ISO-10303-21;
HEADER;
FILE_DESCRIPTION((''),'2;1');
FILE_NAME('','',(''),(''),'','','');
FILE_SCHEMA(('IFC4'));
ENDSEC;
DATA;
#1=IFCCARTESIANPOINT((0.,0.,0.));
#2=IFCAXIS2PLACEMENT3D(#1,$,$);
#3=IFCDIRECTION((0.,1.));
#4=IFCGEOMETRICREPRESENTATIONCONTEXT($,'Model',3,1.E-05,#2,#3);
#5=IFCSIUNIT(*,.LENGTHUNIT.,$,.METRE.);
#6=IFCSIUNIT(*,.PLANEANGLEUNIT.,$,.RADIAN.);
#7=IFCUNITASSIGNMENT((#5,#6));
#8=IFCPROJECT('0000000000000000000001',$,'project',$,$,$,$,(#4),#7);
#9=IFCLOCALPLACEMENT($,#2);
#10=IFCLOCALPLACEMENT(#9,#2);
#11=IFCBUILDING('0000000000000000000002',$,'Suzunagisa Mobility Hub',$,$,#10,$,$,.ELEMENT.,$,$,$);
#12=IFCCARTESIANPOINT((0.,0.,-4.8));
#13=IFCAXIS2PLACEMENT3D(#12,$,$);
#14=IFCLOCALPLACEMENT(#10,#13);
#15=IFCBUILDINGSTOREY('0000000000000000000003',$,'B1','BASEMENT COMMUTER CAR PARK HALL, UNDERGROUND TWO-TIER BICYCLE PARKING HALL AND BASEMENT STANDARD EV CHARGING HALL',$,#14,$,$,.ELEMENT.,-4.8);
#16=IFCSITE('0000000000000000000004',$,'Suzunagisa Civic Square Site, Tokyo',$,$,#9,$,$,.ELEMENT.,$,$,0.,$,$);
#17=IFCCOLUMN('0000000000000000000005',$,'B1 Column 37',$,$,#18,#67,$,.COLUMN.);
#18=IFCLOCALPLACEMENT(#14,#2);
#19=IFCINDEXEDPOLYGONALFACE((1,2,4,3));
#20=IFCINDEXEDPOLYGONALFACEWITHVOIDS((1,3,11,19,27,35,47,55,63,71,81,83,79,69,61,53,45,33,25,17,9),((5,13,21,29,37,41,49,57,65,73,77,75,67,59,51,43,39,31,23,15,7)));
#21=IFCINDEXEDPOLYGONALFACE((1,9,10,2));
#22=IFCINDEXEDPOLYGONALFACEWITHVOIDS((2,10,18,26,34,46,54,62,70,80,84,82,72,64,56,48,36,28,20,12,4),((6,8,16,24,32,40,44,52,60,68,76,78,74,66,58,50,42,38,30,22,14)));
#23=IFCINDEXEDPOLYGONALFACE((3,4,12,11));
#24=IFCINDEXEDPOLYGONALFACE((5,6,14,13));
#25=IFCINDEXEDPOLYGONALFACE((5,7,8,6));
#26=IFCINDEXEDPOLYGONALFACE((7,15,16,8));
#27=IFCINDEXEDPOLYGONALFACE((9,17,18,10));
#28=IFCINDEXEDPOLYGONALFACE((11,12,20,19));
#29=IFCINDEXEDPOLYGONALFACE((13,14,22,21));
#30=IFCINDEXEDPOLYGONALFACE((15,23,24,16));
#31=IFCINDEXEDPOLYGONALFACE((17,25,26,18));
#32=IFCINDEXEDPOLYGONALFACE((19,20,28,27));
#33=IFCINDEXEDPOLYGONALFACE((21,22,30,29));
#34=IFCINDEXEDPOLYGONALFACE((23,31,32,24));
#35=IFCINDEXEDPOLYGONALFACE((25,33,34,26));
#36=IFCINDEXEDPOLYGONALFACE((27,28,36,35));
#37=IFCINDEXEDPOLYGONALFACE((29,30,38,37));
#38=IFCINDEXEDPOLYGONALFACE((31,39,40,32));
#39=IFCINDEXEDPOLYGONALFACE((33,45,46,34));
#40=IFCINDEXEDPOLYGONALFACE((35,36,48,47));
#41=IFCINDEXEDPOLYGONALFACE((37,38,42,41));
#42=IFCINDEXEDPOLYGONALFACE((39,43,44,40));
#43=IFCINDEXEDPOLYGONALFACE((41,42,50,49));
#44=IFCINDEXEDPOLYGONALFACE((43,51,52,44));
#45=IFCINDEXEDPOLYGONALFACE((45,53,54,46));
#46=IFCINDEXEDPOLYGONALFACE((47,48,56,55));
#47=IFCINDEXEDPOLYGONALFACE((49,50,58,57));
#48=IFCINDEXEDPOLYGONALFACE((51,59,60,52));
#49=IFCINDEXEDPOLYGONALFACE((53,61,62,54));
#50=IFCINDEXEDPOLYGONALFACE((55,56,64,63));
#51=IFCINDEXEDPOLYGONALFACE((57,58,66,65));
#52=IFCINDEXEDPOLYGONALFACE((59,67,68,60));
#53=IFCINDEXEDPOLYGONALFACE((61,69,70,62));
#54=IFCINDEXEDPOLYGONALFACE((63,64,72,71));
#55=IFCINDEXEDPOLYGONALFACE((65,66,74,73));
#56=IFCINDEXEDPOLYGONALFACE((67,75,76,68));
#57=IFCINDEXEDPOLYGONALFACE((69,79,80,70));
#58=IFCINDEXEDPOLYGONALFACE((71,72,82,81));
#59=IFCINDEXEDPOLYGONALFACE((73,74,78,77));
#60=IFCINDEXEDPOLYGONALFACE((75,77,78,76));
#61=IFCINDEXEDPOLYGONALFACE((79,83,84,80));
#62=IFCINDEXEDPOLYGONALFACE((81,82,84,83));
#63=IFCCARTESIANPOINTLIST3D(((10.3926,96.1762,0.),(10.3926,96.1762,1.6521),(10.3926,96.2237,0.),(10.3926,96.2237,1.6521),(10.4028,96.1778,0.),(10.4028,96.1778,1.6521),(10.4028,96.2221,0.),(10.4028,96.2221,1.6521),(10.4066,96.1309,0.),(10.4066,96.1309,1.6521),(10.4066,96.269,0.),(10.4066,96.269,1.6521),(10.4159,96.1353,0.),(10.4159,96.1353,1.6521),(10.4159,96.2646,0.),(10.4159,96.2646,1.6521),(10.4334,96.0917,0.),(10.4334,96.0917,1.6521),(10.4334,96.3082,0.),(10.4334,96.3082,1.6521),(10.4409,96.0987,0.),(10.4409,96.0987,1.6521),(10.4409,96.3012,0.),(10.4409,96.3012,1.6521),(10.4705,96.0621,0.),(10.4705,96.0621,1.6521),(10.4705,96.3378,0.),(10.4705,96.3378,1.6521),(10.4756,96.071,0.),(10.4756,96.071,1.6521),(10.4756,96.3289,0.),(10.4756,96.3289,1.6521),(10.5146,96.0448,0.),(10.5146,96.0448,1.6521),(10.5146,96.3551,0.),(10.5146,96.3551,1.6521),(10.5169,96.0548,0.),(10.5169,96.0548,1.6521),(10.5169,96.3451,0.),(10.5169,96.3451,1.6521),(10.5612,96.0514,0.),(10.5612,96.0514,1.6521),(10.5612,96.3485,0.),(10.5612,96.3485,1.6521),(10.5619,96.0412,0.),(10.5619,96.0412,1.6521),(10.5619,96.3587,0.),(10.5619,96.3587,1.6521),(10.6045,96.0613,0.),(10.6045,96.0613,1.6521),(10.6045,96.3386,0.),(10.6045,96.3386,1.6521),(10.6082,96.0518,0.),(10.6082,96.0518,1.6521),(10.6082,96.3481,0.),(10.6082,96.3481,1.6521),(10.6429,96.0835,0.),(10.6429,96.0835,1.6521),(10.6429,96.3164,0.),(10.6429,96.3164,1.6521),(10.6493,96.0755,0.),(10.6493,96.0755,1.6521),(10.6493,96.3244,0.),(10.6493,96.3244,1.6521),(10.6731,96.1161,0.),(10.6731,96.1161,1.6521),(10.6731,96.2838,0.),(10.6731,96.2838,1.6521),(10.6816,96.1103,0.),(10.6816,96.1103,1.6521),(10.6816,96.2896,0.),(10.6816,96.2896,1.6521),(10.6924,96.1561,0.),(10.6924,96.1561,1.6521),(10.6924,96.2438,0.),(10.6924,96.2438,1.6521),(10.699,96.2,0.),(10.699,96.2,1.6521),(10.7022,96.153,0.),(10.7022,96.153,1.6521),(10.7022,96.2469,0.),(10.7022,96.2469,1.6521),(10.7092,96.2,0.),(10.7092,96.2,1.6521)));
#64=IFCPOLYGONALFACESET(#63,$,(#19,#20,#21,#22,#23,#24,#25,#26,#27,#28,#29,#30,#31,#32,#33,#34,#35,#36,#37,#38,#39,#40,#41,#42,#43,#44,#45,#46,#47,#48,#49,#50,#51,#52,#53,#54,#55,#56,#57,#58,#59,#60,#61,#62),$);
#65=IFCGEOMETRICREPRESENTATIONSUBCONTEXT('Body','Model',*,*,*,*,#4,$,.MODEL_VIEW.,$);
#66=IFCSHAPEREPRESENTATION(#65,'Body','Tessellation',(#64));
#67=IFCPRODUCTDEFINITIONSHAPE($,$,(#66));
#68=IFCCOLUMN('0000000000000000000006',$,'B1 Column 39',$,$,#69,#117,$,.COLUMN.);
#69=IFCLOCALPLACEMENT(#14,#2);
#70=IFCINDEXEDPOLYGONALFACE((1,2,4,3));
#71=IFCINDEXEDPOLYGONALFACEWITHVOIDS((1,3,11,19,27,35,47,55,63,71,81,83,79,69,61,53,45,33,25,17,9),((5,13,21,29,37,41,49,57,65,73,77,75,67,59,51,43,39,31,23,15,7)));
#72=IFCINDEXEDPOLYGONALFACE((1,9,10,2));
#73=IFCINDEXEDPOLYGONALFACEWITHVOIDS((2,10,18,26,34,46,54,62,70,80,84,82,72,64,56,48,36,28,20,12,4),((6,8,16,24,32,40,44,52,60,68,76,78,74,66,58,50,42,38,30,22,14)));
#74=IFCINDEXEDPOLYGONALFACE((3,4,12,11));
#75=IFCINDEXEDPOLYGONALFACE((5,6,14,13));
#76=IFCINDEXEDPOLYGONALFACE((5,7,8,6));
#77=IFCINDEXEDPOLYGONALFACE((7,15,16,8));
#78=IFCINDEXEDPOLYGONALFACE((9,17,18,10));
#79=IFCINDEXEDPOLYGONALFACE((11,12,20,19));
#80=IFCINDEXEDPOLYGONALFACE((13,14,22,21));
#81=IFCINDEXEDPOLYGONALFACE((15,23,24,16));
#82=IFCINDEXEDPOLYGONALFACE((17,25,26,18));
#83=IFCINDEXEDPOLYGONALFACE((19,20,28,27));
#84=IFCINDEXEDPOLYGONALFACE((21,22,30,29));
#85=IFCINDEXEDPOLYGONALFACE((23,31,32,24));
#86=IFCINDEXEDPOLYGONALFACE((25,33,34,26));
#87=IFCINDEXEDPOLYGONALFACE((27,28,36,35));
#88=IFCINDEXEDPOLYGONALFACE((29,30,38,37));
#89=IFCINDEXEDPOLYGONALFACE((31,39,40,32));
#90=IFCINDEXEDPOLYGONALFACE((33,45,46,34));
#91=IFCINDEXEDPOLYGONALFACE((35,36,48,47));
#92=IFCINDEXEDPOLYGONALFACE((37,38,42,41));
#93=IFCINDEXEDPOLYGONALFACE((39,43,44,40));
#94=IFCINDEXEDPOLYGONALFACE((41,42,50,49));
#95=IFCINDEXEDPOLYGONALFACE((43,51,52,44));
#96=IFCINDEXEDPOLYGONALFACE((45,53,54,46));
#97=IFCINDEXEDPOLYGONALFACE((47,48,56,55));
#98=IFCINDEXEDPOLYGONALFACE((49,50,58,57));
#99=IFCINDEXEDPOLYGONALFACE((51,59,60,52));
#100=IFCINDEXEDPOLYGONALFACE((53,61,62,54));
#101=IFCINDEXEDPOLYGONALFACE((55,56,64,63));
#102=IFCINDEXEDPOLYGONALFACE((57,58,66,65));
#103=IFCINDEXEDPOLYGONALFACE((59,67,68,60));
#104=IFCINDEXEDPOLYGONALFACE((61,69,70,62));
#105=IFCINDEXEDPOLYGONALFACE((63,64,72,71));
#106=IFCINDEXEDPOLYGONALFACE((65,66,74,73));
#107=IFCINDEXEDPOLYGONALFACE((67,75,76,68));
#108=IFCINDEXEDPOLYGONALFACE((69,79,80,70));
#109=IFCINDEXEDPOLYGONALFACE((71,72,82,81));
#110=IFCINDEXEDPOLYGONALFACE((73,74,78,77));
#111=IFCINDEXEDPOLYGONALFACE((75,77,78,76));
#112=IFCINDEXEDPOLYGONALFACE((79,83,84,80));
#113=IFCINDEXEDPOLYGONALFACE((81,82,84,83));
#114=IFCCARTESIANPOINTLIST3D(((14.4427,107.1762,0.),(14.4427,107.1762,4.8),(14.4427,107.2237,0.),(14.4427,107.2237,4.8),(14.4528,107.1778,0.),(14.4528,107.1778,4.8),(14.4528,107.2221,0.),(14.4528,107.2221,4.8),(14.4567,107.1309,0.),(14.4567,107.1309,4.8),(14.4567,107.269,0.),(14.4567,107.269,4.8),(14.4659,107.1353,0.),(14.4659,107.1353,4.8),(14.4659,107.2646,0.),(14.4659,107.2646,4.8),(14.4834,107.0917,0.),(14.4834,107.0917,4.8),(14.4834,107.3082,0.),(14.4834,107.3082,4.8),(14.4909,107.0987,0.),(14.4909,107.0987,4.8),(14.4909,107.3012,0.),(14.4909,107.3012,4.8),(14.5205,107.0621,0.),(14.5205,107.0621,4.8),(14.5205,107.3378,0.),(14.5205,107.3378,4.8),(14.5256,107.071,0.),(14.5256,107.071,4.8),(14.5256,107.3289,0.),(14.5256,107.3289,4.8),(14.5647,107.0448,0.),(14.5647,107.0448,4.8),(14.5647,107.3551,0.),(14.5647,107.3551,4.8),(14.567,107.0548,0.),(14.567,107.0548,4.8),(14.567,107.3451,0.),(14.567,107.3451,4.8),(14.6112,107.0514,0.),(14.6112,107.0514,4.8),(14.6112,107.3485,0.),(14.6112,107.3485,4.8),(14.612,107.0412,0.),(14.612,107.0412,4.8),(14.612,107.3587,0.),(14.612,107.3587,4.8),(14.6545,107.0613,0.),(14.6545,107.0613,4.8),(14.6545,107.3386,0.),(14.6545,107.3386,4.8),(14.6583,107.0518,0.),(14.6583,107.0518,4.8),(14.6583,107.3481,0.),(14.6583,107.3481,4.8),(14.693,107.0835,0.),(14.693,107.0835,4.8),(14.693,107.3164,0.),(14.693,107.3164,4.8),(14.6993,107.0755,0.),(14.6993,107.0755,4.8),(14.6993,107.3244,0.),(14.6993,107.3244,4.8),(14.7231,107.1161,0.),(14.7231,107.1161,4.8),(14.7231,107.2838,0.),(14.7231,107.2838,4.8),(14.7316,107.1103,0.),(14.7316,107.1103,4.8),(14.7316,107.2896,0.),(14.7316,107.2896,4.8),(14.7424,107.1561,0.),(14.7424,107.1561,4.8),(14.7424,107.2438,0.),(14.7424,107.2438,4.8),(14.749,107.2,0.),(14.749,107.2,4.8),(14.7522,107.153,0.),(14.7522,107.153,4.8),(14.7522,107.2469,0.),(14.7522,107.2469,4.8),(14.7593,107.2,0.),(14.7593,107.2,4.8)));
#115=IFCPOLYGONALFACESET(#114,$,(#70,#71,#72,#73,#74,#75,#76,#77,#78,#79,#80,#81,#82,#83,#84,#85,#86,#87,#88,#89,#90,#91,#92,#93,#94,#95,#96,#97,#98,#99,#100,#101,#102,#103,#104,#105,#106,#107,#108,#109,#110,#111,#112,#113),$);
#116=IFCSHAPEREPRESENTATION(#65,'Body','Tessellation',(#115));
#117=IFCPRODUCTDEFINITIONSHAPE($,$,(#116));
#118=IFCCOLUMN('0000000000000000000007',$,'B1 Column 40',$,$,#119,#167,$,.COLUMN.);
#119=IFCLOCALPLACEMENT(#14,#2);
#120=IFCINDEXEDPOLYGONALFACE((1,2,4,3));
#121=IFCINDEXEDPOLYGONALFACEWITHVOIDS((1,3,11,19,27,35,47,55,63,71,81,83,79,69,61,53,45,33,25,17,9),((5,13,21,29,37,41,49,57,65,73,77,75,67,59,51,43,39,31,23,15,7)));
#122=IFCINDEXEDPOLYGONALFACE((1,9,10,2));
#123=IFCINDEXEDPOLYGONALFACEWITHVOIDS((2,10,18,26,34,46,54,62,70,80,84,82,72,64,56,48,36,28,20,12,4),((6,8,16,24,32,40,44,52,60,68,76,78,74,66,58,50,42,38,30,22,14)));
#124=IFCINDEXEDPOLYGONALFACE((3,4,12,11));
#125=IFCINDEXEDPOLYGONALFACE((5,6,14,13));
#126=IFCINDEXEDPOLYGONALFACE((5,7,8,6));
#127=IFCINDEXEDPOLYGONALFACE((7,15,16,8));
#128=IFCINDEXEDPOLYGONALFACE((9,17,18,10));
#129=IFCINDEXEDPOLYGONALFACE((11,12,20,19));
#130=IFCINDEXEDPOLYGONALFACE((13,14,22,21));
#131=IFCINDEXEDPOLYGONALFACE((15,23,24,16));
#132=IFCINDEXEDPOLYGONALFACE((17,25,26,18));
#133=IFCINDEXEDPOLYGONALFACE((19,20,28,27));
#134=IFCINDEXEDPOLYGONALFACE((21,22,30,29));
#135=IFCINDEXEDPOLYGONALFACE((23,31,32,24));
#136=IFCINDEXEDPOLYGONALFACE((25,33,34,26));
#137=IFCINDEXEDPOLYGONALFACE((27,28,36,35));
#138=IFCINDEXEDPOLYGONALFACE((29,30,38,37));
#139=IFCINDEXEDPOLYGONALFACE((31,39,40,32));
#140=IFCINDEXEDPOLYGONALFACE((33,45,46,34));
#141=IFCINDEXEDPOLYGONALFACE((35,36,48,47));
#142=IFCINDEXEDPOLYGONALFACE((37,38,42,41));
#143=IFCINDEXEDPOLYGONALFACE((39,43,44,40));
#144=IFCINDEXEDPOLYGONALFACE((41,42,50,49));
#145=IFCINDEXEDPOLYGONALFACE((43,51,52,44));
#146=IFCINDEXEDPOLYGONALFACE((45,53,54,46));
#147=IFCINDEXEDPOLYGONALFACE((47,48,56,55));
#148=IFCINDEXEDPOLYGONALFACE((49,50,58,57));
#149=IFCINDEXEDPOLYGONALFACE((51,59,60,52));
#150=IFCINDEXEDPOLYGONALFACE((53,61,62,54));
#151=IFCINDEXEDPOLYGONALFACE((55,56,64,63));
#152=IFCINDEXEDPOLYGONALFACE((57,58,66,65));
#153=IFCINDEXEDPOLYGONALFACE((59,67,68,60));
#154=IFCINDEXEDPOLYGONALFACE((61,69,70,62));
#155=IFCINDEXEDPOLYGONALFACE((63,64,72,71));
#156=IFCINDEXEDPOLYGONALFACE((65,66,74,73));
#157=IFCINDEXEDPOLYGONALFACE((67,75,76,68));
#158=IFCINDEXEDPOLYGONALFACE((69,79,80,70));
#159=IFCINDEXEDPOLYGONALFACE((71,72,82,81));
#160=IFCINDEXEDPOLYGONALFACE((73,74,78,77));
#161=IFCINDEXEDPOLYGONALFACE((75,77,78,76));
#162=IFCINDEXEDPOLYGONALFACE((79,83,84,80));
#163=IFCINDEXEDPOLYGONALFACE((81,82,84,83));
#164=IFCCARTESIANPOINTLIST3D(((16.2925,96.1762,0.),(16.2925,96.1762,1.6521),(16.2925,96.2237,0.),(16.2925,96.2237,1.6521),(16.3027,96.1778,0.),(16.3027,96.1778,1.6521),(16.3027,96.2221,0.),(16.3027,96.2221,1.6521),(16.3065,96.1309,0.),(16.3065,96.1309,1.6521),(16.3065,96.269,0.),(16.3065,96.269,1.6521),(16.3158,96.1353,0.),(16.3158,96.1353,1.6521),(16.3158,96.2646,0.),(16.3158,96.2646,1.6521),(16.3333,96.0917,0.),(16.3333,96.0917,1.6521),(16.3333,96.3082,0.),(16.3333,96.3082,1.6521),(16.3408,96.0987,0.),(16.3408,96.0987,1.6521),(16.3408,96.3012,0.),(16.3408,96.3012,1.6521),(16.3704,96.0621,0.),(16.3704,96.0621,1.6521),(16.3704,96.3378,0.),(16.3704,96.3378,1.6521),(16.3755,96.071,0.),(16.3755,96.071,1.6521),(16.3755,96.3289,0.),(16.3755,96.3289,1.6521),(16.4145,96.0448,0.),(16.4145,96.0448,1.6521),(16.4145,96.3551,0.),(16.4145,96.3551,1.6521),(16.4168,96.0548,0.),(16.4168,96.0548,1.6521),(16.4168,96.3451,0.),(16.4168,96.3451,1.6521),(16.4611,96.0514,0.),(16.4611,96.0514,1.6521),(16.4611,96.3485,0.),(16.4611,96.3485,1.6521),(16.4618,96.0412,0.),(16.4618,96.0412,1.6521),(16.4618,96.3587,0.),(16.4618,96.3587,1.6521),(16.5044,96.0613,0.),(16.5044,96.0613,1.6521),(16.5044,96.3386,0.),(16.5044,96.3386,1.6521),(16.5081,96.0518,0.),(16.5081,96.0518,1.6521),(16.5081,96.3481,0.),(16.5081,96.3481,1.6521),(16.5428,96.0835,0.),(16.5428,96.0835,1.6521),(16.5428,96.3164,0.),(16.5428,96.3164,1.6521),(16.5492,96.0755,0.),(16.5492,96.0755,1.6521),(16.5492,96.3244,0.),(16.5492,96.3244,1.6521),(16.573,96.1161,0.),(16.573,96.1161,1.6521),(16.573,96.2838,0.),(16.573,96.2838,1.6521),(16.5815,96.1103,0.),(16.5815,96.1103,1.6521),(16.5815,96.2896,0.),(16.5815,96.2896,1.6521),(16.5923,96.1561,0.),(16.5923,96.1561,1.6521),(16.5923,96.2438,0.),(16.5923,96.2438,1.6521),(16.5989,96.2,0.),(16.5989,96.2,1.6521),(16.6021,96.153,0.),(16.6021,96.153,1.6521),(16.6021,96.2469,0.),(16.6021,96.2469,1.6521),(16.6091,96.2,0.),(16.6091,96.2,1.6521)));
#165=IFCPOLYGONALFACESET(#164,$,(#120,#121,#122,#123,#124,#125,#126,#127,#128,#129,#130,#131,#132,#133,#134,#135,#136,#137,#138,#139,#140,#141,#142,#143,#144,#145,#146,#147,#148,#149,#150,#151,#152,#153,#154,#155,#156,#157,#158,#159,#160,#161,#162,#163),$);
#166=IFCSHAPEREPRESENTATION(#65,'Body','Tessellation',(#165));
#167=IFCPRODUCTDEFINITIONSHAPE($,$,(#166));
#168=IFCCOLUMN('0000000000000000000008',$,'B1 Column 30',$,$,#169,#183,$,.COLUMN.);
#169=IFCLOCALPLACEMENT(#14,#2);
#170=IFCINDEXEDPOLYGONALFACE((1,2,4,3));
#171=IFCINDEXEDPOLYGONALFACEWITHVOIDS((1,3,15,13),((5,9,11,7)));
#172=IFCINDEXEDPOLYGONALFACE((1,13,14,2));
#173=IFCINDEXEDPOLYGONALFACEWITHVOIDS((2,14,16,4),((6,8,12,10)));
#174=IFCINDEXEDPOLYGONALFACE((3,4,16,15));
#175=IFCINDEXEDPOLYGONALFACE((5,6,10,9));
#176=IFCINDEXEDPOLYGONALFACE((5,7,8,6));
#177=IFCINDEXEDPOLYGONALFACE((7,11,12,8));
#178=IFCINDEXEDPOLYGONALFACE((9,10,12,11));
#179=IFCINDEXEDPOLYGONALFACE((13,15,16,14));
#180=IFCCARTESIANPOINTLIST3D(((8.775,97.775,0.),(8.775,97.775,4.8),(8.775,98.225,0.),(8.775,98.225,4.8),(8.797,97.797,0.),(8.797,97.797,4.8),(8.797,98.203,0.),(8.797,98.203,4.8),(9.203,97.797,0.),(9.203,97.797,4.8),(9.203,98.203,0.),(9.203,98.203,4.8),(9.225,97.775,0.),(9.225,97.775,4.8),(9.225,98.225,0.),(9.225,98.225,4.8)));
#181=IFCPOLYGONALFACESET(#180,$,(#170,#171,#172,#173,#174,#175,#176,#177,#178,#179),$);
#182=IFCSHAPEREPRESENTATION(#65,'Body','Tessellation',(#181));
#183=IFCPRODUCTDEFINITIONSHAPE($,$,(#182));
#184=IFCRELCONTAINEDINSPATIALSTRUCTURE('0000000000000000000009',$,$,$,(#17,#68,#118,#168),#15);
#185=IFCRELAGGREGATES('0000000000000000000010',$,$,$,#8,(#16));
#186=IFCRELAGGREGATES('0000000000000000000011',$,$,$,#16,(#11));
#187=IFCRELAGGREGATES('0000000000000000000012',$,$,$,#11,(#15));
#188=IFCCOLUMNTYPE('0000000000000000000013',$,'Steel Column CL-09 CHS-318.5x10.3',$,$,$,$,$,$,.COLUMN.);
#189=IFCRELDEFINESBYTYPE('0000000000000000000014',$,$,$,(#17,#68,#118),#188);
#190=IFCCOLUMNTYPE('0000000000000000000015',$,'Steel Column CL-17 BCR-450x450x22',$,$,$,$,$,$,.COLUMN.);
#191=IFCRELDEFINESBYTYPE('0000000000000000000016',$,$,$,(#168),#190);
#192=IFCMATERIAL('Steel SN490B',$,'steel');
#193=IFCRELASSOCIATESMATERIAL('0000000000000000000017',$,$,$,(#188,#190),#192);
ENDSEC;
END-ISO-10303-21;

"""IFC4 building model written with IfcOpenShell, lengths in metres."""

from ifc_helpers import new_model, si_unit, direction, frame, origin, origin_2d, place, context, subcontext, project, spatial, hollow_rectangle, hollow_circle, extrude, material, material_profile, profile_set, type_object, element, save


model = new_model("IFC4")

# Units and contexts
model_context = context("Model", 3, precision=1e-05, world=origin(), true_north=direction((0.0, 1.0)))
body_context = subcontext(model_context, "Body", "Model", "MODEL_VIEW")
ifc_project = project(units=[si_unit("LENGTHUNIT", "METRE"), si_unit("PLANEANGLEUNIT", "RADIAN")], contexts=[model_context])

# Site, building, storey
site_placement = place(None, origin())
site = spatial("IfcSite", under=ifc_project, at=site_placement, Name="Suzunagisa Civic Square Site, Tokyo", CompositionType="ELEMENT", RefElevation=0.0)
building_placement = place(site_placement, origin())
building = spatial("IfcBuilding", under=site, at=building_placement, Name="Suzunagisa Mobility Hub", CompositionType="ELEMENT")
storey_placement = place(building_placement, frame((0.0, 0.0, -4.8)))
storey = spatial("IfcBuildingStorey", under=building, at=storey_placement, Name="B1", Description="BASEMENT COMMUTER CAR PARK HALL, UNDERGROUND TWO-TIER BICYCLE PARKING HALL AND BASEMENT STANDARD EV CHARGING HALL", CompositionType="ELEMENT", Elevation=-4.8)

# Columns
ifc_material_1 = material(Name="Steel SN490B", Category="steel")
ifc_material_profile_1 = material_profile(ifc_material_1, hollow_circle(Radius=0.1592, WallThickness=0.0103, at=origin_2d()), Name="CHS-318.5x10.3")
ifc_profile_set_1 = profile_set([ifc_material_profile_1], Name="Steel SN490B")
column_type_1 = type_object("IfcColumnType", Name="Steel Column CL-09 CHS-318.5x10.3", PredefinedType="COLUMN", material=ifc_profile_set_1)
column_1_placement = place(storey_placement, frame((10.55, 96.2, 0.0), z_axis=(0.0, 0.0, 1.0), x_axis=(1.0, 0.0, 0.0)))
element("IfcColumn", 1, at=column_1_placement, inside=storey, type_object=column_type_1, Name="B1 Column 37", PredefinedType="COLUMN", context=body_context, shape_type="SweptSolid", body=[
    extrude(hollow_circle(Radius=0.1592, WallThickness=0.0103, at=origin_2d()), origin(), (0.0, 0.0, 1.0), 1.6521),
])
column_2_placement = place(storey_placement, frame((14.6001, 107.2, 0.0), z_axis=(0.0, 0.0, 1.0), x_axis=(1.0, 0.0, 0.0)))
element("IfcColumn", 2, at=column_2_placement, inside=storey, type_object=column_type_1, Name="B1 Column 39", PredefinedType="COLUMN", context=body_context, shape_type="SweptSolid", body=[
    extrude(hollow_circle(Radius=0.1592, WallThickness=0.0103, at=origin_2d()), origin(), (0.0, 0.0, 1.0), 4.8),
])
column_3_placement = place(storey_placement, frame((16.45, 96.2, 0.0), z_axis=(0.0, 0.0, 1.0), x_axis=(1.0, 0.0, 0.0)))
element("IfcColumn", 3, at=column_3_placement, inside=storey, type_object=column_type_1, Name="B1 Column 40", PredefinedType="COLUMN", context=body_context, shape_type="SweptSolid", body=[
    extrude(hollow_circle(Radius=0.1592, WallThickness=0.0103, at=origin_2d()), origin(), (0.0, 0.0, 1.0), 1.6521),
])
ifc_material_profile_2 = material_profile(ifc_material_1, hollow_rectangle(XDim=0.45, YDim=0.45, WallThickness=0.022, at=origin_2d()), Name="BCR-450x450x22")
ifc_profile_set_2 = profile_set([ifc_material_profile_2], Name="Steel SN490B")
column_type_2 = type_object("IfcColumnType", Name="Steel Column CL-17 BCR-450x450x22", PredefinedType="COLUMN", material=ifc_profile_set_2)
column_4_placement = place(storey_placement, frame((9.0, 98.0, 0.0), z_axis=(0.0, 0.0, 1.0), x_axis=(1.0, 0.0, 0.0)))
element("IfcColumn", 4, at=column_4_placement, inside=storey, type_object=column_type_2, Name="B1 Column 30", PredefinedType="COLUMN", context=body_context, shape_type="SweptSolid", body=[
    extrude(hollow_rectangle(XDim=0.45, YDim=0.45, WallThickness=0.022, at=origin_2d()), origin(), (0.0, 0.0, 1.0), 4.8),
])

save(model, "model.ifc")
